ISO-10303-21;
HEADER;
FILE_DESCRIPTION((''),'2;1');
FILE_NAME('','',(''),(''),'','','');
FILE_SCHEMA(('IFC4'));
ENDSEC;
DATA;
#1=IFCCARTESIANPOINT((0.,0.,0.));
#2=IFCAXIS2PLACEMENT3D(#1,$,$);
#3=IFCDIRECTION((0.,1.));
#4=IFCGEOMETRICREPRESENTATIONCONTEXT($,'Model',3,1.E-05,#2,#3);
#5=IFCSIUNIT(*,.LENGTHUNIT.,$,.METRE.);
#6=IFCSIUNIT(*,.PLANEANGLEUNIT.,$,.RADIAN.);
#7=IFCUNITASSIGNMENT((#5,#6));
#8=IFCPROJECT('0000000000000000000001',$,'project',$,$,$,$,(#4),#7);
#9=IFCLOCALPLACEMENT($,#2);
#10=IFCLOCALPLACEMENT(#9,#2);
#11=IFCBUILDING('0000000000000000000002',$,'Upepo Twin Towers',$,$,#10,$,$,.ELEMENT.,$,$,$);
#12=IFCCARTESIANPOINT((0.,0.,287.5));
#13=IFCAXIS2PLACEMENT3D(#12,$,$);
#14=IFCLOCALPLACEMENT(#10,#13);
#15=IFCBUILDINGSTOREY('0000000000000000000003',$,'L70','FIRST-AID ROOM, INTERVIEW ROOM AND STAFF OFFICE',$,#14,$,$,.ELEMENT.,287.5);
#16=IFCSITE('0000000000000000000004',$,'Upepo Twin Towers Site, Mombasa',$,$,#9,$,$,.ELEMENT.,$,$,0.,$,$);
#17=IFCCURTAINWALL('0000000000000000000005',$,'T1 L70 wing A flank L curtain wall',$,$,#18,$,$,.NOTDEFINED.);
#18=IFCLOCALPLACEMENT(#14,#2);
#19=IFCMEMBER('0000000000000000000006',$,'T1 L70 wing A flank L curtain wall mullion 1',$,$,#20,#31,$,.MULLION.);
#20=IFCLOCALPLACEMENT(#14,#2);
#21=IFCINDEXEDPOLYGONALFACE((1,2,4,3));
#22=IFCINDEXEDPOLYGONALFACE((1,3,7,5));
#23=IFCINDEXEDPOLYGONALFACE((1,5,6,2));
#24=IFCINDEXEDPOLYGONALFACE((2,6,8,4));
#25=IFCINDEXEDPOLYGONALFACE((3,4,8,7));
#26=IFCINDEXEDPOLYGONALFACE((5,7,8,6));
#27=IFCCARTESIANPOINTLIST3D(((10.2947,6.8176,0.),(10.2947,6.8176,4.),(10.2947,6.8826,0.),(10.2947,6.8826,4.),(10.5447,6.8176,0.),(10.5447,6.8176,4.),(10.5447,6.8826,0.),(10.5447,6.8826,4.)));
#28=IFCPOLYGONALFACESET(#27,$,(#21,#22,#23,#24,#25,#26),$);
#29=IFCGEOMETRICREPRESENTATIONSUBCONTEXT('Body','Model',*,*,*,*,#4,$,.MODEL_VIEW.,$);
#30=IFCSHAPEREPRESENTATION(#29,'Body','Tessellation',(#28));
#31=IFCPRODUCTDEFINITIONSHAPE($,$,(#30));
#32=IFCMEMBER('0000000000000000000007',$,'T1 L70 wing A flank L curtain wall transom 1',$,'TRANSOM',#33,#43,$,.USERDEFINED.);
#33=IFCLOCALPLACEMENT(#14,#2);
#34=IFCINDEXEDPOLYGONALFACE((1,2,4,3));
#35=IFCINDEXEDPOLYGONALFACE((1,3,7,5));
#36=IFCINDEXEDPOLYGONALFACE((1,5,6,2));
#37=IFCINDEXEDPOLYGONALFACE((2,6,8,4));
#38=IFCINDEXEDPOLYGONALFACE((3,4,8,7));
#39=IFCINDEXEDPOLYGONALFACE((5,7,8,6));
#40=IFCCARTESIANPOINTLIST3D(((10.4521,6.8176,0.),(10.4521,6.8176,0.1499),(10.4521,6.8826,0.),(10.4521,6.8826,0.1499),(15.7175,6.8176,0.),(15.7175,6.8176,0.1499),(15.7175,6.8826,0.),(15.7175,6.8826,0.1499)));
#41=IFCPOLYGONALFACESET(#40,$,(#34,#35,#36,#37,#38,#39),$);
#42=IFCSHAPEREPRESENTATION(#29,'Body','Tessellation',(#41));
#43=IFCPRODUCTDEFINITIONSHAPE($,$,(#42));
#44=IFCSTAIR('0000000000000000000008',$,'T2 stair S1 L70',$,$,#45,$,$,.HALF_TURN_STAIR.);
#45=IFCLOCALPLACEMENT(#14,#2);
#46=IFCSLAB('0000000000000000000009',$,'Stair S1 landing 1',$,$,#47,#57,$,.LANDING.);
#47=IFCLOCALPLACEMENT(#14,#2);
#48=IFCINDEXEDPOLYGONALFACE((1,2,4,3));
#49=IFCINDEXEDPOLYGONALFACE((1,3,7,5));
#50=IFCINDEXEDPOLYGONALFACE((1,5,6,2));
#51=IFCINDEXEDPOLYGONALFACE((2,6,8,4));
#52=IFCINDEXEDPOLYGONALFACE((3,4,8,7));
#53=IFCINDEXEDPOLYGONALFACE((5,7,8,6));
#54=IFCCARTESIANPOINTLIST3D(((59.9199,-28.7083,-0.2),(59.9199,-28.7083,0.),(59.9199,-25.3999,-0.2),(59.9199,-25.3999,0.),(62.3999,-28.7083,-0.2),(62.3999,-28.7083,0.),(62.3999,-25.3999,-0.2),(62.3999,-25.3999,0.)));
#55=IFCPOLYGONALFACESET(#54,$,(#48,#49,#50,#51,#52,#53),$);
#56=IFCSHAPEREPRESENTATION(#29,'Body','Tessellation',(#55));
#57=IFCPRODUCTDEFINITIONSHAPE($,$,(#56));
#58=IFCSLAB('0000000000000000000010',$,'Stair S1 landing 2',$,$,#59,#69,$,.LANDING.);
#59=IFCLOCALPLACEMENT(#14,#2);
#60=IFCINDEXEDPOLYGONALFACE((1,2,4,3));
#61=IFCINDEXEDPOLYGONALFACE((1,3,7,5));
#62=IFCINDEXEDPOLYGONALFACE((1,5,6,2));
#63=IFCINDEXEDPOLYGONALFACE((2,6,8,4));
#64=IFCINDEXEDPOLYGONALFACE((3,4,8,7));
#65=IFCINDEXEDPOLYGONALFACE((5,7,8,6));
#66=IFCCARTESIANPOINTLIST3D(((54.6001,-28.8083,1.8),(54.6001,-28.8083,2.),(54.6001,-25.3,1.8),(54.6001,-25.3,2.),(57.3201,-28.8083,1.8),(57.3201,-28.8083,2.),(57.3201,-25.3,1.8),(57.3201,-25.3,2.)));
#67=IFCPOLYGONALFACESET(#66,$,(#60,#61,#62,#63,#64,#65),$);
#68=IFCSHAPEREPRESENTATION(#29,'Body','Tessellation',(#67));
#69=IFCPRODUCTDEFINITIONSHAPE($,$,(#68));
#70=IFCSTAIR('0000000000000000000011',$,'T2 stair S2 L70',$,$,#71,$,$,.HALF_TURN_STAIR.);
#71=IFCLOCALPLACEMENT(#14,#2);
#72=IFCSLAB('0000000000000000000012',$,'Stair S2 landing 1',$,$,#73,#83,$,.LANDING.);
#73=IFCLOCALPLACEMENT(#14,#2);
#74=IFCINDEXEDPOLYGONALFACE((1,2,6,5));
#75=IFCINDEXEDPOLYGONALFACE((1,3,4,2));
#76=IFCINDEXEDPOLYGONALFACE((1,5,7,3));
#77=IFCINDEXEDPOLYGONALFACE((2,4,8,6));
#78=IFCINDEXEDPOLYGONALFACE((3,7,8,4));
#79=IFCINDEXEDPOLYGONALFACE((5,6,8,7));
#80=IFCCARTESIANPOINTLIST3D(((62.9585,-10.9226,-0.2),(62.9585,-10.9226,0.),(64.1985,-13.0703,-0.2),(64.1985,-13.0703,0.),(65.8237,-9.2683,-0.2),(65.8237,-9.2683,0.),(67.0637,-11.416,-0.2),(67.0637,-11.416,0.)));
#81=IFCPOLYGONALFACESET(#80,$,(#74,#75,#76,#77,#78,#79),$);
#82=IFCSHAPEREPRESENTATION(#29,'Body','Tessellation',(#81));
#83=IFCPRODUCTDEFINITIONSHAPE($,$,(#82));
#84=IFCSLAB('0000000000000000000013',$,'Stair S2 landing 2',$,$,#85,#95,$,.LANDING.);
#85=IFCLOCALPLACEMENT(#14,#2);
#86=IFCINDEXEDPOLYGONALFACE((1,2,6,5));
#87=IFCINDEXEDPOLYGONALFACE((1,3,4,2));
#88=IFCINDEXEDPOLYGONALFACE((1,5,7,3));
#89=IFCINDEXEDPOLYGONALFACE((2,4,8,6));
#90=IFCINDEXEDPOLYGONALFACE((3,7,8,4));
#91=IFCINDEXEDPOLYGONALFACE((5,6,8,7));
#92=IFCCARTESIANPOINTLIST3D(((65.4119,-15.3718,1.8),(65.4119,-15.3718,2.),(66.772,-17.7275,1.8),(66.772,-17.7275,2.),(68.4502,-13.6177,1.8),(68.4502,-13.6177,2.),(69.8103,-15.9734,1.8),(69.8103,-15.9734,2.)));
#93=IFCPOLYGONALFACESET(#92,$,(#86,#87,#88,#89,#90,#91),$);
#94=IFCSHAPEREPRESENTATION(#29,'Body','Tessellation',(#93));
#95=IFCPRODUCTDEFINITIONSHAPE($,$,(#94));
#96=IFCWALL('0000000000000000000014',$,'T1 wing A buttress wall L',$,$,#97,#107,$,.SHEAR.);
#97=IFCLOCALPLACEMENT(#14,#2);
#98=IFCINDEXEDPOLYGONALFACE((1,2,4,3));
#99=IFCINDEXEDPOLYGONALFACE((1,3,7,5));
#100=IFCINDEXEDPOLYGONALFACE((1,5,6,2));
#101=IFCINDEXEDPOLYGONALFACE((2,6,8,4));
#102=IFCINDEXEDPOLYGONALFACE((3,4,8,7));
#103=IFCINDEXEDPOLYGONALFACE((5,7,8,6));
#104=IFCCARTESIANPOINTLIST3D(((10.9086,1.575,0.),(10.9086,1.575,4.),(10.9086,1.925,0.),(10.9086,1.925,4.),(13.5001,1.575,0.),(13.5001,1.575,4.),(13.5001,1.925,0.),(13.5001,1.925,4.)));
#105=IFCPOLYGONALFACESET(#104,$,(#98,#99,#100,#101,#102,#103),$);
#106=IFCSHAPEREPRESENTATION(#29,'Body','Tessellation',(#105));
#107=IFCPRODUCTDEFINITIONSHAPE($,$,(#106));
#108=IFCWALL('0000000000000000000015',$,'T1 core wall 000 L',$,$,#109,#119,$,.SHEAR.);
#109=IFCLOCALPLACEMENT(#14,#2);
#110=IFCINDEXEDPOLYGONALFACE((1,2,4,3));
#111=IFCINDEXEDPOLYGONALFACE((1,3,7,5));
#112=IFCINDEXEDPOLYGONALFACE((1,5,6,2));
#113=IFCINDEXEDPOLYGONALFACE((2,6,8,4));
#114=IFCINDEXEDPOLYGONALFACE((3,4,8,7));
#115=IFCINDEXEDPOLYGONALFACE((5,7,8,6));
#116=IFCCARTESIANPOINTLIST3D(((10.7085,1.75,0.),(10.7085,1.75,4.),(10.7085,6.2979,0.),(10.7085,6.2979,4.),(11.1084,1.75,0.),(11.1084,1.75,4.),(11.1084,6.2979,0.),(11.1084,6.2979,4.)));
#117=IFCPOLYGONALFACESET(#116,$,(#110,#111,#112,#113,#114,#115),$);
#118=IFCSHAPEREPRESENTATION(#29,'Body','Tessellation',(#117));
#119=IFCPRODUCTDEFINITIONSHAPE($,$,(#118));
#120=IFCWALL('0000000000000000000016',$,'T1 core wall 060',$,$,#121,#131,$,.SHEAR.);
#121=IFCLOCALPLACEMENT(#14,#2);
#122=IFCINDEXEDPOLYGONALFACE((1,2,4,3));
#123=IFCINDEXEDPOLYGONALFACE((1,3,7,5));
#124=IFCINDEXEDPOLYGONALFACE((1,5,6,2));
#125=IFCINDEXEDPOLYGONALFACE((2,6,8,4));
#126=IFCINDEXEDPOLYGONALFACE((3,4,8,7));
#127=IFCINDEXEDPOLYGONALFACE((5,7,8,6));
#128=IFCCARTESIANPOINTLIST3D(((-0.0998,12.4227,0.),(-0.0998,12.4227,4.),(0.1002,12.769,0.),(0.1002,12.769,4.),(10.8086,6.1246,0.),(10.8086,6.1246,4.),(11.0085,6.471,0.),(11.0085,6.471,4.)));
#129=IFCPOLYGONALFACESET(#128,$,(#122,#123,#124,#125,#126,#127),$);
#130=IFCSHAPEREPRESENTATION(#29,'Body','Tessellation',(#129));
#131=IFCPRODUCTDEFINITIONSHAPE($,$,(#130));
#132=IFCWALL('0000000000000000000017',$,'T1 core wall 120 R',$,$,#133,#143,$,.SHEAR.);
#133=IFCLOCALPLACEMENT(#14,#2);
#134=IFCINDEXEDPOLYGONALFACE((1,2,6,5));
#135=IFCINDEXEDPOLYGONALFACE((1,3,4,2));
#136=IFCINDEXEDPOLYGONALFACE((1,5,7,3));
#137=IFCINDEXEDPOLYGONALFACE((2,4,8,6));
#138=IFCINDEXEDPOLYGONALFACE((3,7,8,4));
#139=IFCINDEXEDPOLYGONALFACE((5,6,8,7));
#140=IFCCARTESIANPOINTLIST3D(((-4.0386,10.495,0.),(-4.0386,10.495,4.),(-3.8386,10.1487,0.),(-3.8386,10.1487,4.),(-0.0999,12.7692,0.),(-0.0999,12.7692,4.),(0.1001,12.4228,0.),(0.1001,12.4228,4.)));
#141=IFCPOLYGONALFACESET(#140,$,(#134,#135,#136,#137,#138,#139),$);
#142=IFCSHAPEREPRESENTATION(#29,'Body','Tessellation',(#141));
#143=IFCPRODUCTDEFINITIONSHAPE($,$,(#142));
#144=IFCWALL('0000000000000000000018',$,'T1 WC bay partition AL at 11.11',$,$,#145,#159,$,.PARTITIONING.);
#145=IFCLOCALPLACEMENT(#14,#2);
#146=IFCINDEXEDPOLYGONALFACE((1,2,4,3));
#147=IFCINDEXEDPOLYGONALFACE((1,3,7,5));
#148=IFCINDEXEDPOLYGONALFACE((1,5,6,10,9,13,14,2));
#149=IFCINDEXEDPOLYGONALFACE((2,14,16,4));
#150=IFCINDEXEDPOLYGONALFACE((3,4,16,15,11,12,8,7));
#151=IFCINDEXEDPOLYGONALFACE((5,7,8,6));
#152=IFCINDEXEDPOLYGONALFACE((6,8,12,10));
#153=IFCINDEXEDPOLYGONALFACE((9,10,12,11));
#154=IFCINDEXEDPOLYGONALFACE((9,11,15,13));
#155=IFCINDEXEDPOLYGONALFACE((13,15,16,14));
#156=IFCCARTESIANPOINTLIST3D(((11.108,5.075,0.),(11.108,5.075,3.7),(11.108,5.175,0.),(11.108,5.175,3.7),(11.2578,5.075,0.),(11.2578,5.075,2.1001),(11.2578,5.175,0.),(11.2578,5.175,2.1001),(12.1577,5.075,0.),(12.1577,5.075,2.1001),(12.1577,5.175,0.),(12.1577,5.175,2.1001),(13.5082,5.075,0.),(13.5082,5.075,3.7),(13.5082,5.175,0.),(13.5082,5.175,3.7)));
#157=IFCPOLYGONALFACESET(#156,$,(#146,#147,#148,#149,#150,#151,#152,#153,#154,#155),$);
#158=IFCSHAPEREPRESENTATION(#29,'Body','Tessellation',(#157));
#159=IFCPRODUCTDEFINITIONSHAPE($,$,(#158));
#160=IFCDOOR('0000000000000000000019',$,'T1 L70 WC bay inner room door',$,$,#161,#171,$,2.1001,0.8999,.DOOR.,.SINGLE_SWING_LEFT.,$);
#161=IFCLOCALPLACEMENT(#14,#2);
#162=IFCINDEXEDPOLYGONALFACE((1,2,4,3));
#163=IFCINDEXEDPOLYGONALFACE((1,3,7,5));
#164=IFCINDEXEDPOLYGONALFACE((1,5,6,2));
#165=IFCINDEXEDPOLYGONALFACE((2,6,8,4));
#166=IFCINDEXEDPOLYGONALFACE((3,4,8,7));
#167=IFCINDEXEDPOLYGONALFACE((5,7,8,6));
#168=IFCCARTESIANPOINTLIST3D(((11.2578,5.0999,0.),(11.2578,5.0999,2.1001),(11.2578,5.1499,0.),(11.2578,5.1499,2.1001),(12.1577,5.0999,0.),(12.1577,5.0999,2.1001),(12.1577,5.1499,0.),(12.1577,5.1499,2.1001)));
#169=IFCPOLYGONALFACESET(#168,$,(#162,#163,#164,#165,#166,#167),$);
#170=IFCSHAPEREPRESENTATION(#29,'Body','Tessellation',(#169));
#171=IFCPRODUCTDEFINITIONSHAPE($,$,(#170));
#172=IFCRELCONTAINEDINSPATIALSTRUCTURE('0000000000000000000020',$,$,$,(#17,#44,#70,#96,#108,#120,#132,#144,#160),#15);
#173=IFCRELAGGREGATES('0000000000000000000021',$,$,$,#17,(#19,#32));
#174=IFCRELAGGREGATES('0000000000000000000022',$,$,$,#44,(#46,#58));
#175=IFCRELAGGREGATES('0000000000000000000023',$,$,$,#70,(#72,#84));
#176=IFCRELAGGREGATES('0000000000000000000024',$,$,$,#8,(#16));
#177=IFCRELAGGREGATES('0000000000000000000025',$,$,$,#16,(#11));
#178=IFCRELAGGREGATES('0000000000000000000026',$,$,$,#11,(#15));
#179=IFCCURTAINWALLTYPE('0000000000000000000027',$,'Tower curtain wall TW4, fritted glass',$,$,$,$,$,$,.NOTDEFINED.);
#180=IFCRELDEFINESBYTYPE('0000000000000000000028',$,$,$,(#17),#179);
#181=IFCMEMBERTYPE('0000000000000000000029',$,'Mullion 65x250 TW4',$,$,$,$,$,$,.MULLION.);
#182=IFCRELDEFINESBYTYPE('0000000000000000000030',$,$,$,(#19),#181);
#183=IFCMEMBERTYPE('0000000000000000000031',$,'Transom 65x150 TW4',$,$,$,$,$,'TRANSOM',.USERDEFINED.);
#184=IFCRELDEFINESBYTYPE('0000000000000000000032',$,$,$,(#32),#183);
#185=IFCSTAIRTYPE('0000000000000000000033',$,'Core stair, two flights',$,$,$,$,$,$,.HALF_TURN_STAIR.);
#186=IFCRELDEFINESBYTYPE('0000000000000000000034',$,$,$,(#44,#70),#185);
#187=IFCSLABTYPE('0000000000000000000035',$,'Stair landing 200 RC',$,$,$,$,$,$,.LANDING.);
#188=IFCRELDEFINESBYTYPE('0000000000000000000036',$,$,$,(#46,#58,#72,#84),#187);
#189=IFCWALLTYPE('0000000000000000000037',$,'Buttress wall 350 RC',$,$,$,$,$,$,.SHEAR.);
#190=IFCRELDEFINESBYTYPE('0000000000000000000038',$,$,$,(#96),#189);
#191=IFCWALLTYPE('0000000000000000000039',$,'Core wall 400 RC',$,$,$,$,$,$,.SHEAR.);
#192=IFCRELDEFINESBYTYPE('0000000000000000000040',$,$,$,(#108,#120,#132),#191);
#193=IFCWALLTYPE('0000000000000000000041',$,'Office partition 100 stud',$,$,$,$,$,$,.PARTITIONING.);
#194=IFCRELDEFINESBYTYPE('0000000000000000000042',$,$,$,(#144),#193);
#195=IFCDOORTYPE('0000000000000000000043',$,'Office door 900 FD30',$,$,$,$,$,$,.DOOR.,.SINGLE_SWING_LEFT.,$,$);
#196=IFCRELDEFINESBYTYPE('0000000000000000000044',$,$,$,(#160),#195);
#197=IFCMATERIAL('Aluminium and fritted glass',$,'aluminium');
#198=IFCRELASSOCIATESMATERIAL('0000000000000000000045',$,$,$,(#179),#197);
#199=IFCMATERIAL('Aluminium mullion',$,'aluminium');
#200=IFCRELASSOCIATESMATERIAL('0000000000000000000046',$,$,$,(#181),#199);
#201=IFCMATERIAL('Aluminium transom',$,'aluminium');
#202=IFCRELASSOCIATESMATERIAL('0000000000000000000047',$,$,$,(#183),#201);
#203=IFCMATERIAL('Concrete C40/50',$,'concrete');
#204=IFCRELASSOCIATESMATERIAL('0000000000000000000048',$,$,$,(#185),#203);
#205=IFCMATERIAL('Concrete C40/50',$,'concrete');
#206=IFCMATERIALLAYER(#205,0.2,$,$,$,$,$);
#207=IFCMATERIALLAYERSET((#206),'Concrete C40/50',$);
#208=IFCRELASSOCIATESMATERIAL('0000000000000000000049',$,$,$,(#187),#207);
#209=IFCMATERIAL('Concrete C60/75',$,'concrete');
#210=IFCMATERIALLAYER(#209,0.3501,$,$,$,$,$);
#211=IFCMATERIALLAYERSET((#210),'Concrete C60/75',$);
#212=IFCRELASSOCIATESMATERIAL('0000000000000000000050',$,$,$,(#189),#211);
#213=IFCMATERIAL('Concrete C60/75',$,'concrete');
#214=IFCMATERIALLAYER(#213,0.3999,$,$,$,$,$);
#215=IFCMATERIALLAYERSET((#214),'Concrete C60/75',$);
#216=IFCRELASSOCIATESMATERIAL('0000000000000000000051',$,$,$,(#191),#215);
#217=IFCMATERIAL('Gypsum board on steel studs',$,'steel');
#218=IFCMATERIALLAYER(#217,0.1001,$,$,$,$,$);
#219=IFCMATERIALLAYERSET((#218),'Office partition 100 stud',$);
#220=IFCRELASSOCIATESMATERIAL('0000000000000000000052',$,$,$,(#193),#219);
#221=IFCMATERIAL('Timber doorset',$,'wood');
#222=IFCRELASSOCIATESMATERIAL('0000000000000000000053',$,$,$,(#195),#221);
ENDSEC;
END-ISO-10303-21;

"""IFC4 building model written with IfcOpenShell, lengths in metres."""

from ifc_helpers import new_model, si_unit, direction, frame, frame_2d, origin, origin_2d, place, context, subcontext, project, spatial, polyline, rectangle, outline, extrude, material, layer, layer_set, material_profile, profile_set, type_object, element, fill, aggregate, save


model = new_model("IFC4")

# Units and contexts
model_context = context("Model", 3, precision=1e-05, world=origin(), true_north=direction((0.0, 1.0)))
body_context = subcontext(model_context, "Body", "Model", "MODEL_VIEW")
ifc_project = project(units=[si_unit("LENGTHUNIT", "METRE"), si_unit("PLANEANGLEUNIT", "RADIAN")], contexts=[model_context])

# Site, building, storey
site_placement = place(None, origin())
site = spatial("IfcSite", under=ifc_project, at=site_placement, Name="Upepo Twin Towers Site, Mombasa", CompositionType="ELEMENT", RefElevation=0.0)
building_placement = place(site_placement, origin())
building = spatial("IfcBuilding", under=site, at=building_placement, Name="Upepo Twin Towers", CompositionType="ELEMENT")
storey_placement = place(building_placement, frame((0.0, 0.0, 287.5)))
storey = spatial("IfcBuildingStorey", under=building, at=storey_placement, Name="L70", Description="FIRST-AID ROOM, INTERVIEW ROOM AND STAFF OFFICE", CompositionType="ELEMENT", Elevation=287.5)

# Curtain wall, members
ifc_material_1 = material(Name="Aluminium and fritted glass", Category="aluminium")
curtain_wall_type = type_object("IfcCurtainWallType", Name="Tower curtain wall TW4, fritted glass", PredefinedType="NOTDEFINED", material=ifc_material_1)
curtain_wall_placement = place(storey_placement, origin())
curtain_wall = element("IfcCurtainWall", 1, at=curtain_wall_placement, inside=storey, type_object=curtain_wall_type, Name="T1 L70 wing A flank L curtain wall", PredefinedType="NOTDEFINED")
ifc_material_2 = material(Name="Aluminium mullion", Category="aluminium")
ifc_material_profile_1 = material_profile(ifc_material_2, rectangle(XDim=0.0649, YDim=0.25, at=origin_2d()), Name="MULLION 65x250")
ifc_profile_set_1 = profile_set([ifc_material_profile_1], Name="Aluminium mullion")
member_type_1 = type_object("IfcMemberType", Name="Mullion 65x250 TW4", PredefinedType="MULLION", material=ifc_profile_set_1)
member_1_placement = place(storey_placement, frame((10.4197, 6.8501, 0.0), z_axis=(0.0, 0.0, 1.0), x_axis=(0.0, 1.0, 0.0)))
member_1 = element("IfcMember", 2, at=member_1_placement, type_object=member_type_1, Name="T1 L70 wing A flank L curtain wall mullion 1", PredefinedType="MULLION", context=body_context, shape_type="SweptSolid", body=[
    extrude(rectangle(XDim=0.0649, YDim=0.25, at=origin_2d()), origin(), (0.0, 0.0, 1.0), 4.0),
])
ifc_material_3 = material(Name="Aluminium transom", Category="aluminium")
ifc_material_profile_2 = material_profile(ifc_material_3, rectangle(XDim=0.0649, YDim=0.1499, at=origin_2d()), Name="TRANSOM 65x150")
ifc_profile_set_2 = profile_set([ifc_material_profile_2], Name="Aluminium transom")
member_type_2 = type_object("IfcMemberType", Name="Transom 65x150 TW4", ElementType="TRANSOM", PredefinedType="USERDEFINED", material=ifc_profile_set_2)
member_2_placement = place(storey_placement, frame((10.4521, 6.8501, 0.075), z_axis=(1.0, 0.0, 0.0), x_axis=(0.0, 1.0, 0.0)))
member_2 = element("IfcMember", 3, at=member_2_placement, type_object=member_type_2, Name="T1 L70 wing A flank L curtain wall transom 1", ObjectType="TRANSOM", PredefinedType="USERDEFINED", context=body_context, shape_type="SweptSolid", body=[
    extrude(rectangle(XDim=0.0649, YDim=0.1499, at=origin_2d()), origin(), (0.0, 0.0, 1.0), 5.2654),
])
aggregate(curtain_wall, [member_1, member_2])

# Stairs, slabs
ifc_material_4 = material(Name="Concrete C40/50", Category="concrete")
stair_type = type_object("IfcStairType", Name="Core stair, two flights", PredefinedType="HALF_TURN_STAIR", material=ifc_material_4)
stair_1_placement = place(storey_placement, origin())
stair_1 = element("IfcStair", 4, at=stair_1_placement, inside=storey, type_object=stair_type, Name="T2 stair S1 L70", PredefinedType="HALF_TURN_STAIR")
ifc_material_5 = material(Name="Concrete C40/50", Category="concrete")
ifc_layer_1 = layer(ifc_material_5, 0.2)
ifc_layer_set_1 = layer_set([ifc_layer_1], Name="Concrete C40/50")
slab_type = type_object("IfcSlabType", Name="Stair landing 200 RC", PredefinedType="LANDING", material=ifc_layer_set_1)
slab_1_placement = place(storey_placement, frame((0.0, 0.0, -0.2)))
slab_1 = element("IfcSlab", 5, at=slab_1_placement, type_object=slab_type, Name="Stair S1 landing 1", PredefinedType="LANDING", context=body_context, shape_type="SweptSolid", body=[
    extrude(outline(polyline([(59.9199, -25.3999), (59.9199, -28.7083), (62.3999, -28.7083), (62.3999, -25.3999), (59.9199, -25.3999)])), origin(), (0.0, 0.0, 1.0), 0.2),
])
slab_2_placement = place(storey_placement, frame((0.0, 0.0, 1.8)))
slab_2 = element("IfcSlab", 6, at=slab_2_placement, type_object=slab_type, Name="Stair S1 landing 2", PredefinedType="LANDING", context=body_context, shape_type="SweptSolid", body=[
    extrude(outline(polyline([(54.6001, -25.3), (54.6001, -28.8083), (57.3201, -28.8083), (57.3201, -25.3), (54.6001, -25.3)])), origin(), (0.0, 0.0, 1.0), 0.2),
])
aggregate(stair_1, [slab_1, slab_2])
stair_2_placement = place(storey_placement, origin())
stair_2 = element("IfcStair", 7, at=stair_2_placement, inside=storey, type_object=stair_type, Name="T2 stair S2 L70", PredefinedType="HALF_TURN_STAIR")
slab_3_placement = place(storey_placement, frame((0.0, 0.0, -0.2)))
slab_3 = element("IfcSlab", 8, at=slab_3_placement, type_object=slab_type, Name="Stair S2 landing 1", PredefinedType="LANDING", context=body_context, shape_type="SweptSolid", body=[
    extrude(outline(polyline([(64.1985, -13.0703), (67.0637, -11.416), (65.8237, -9.2683), (62.9585, -10.9226), (64.1985, -13.0703)])), origin(), (0.0, 0.0, 1.0), 0.2),
])
slab_4_placement = place(storey_placement, frame((0.0, 0.0, 1.8)))
slab_4 = element("IfcSlab", 9, at=slab_4_placement, type_object=slab_type, Name="Stair S2 landing 2", PredefinedType="LANDING", context=body_context, shape_type="SweptSolid", body=[
    extrude(outline(polyline([(66.772, -17.7275), (69.8103, -15.9734), (68.4502, -13.6177), (65.4119, -15.3718), (66.772, -17.7275)])), origin(), (0.0, 0.0, 1.0), 0.2),
])
aggregate(stair_2, [slab_3, slab_4])

# Walls
ifc_material_6 = material(Name="Concrete C60/75", Category="concrete")
ifc_layer_2 = layer(ifc_material_6, 0.3501)
ifc_layer_set_2 = layer_set([ifc_layer_2], Name="Concrete C60/75")
wall_type_1 = type_object("IfcWallType", Name="Buttress wall 350 RC", PredefinedType="SHEAR", material=ifc_layer_set_2)
wall_1_placement = place(storey_placement, frame((10.9084, 1.75, 0.0), z_axis=(0.0, 0.0, 1.0), x_axis=(1.0, 0.0, 0.0)))
element("IfcWall", 10, at=wall_1_placement, inside=storey, type_object=wall_type_1, Name="T1 wing A buttress wall L", PredefinedType="SHEAR", context=body_context, shape_type="SweptSolid", body=[
    extrude(rectangle(XDim=2.5916, YDim=0.3501, at=frame_2d((1.2959, 0.0))), origin(), (0.0, 0.0, 1.0), 4.0),
])
ifc_material_7 = material(Name="Concrete C60/75", Category="concrete")
ifc_layer_3 = layer(ifc_material_7, 0.3999)
ifc_layer_set_3 = layer_set([ifc_layer_3], Name="Concrete C60/75")
wall_type_2 = type_object("IfcWallType", Name="Core wall 400 RC", PredefinedType="SHEAR", material=ifc_layer_set_3)
wall_2_placement = place(storey_placement, frame((10.9084, 1.75, 0.0), z_axis=(0.0, 0.0, 1.0), x_axis=(0.0, 1.0, 0.0)))
element("IfcWall", 11, at=wall_2_placement, inside=storey, type_object=wall_type_2, Name="T1 core wall 000 L", PredefinedType="SHEAR", context=body_context, shape_type="SweptSolid", body=[
    extrude(rectangle(XDim=4.5479, YDim=0.3999, at=frame_2d((2.2739, 0.0))), origin(), (0.0, 0.0, 1.0), 4.0),
])
wall_3_placement = place(storey_placement, frame((10.9084, 6.2979, 0.0), z_axis=(0.0, 0.0, 1.0), x_axis=(-0.866022, 0.500006, 0.0)))
element("IfcWall", 12, at=wall_3_placement, inside=storey, type_object=wall_type_2, Name="T1 core wall 060", PredefinedType="SHEAR", context=body_context, shape_type="SweptSolid", body=[
    extrude(rectangle(XDim=12.5959, YDim=0.3999, at=frame_2d((6.2979, 0.0))), origin(), (0.0, 0.0, 1.0), 4.0),
])
wall_4_placement = place(storey_placement, frame((0.0, 12.5959, 0.0), z_axis=(0.0, 0.0, 1.0), x_axis=(-0.866011, -0.500024, 0.0)))
element("IfcWall", 13, at=wall_4_placement, inside=storey, type_object=wall_type_2, Name="T1 core wall 120 R", PredefinedType="SHEAR", context=body_context, shape_type="SweptSolid", body=[
    extrude(rectangle(XDim=4.5481, YDim=0.3999, at=frame_2d((2.2739, 0.0))), origin(), (0.0, 0.0, 1.0), 4.0),
])

# Wall, opening, door
ifc_material_8 = material(Name="Gypsum board on steel studs", Category="steel")
ifc_layer_4 = layer(ifc_material_8, 0.1001)
ifc_layer_set_4 = layer_set([ifc_layer_4], Name="Office partition 100 stud")
wall_type_3 = type_object("IfcWallType", Name="Office partition 100 stud", PredefinedType="PARTITIONING", material=ifc_layer_set_4)
wall_5_placement = place(storey_placement, frame((11.1079, 5.125, 0.0), z_axis=(0.0, 0.0, 1.0), x_axis=(1.0, 0.0, 0.0)))
wall_5 = element("IfcWall", 14, at=wall_5_placement, inside=storey, type_object=wall_type_3, Name="T1 WC bay partition AL at 11.11", PredefinedType="PARTITIONING", context=body_context, shape_type="SweptSolid", body=[
    extrude(rectangle(XDim=2.4001, YDim=0.1001, at=frame_2d((1.2002, 0.0))), origin(), (0.0, 0.0, 1.0), 3.7),
])
opening_1_placement = place(wall_5_placement, frame((0.1499, 0.0, 0.0)))
opening_1 = element("IfcOpeningElement", 15, at=opening_1_placement, cuts=wall_5, PredefinedType="OPENING", context=body_context, shape_type="SweptSolid", body=[
    extrude(rectangle(XDim=0.8999, YDim=2.1001, at=frame_2d((0.45, 1.05))), frame((0.0, 0.0601, 0.0), z_axis=(0.0, -1.0, 0.0), x_axis=(1.0, 0.0, 0.0)), (0.0, 0.0, 1.0), 0.1201),
])
ifc_material_9 = material(Name="Timber doorset", Category="wood")
door_type_1 = type_object("IfcDoorType", Name="Office door 900 FD30", OperationType="SINGLE_SWING_LEFT", PredefinedType="DOOR", material=ifc_material_9)
door_1_placement = place(opening_1_placement, origin())
door_1 = element("IfcDoor", 16, at=door_1_placement, inside=storey, type_object=door_type_1, Name="T1 L70 WC bay inner room door", OperationType="SINGLE_SWING_LEFT", OverallHeight=2.1001, OverallWidth=0.8999, PredefinedType="DOOR", context=body_context, shape_type="SweptSolid", body=[
    extrude(rectangle(XDim=0.8999, YDim=2.1001, at=frame_2d((0.45, 1.05))), frame((0.0, 0.0249, 0.0), z_axis=(0.0, -1.0, 0.0), x_axis=(1.0, 0.0, 0.0)), (0.0, 0.0, 1.0), 0.05),
])
fill(opening_1, door_1)

save(model, "model.ifc")
